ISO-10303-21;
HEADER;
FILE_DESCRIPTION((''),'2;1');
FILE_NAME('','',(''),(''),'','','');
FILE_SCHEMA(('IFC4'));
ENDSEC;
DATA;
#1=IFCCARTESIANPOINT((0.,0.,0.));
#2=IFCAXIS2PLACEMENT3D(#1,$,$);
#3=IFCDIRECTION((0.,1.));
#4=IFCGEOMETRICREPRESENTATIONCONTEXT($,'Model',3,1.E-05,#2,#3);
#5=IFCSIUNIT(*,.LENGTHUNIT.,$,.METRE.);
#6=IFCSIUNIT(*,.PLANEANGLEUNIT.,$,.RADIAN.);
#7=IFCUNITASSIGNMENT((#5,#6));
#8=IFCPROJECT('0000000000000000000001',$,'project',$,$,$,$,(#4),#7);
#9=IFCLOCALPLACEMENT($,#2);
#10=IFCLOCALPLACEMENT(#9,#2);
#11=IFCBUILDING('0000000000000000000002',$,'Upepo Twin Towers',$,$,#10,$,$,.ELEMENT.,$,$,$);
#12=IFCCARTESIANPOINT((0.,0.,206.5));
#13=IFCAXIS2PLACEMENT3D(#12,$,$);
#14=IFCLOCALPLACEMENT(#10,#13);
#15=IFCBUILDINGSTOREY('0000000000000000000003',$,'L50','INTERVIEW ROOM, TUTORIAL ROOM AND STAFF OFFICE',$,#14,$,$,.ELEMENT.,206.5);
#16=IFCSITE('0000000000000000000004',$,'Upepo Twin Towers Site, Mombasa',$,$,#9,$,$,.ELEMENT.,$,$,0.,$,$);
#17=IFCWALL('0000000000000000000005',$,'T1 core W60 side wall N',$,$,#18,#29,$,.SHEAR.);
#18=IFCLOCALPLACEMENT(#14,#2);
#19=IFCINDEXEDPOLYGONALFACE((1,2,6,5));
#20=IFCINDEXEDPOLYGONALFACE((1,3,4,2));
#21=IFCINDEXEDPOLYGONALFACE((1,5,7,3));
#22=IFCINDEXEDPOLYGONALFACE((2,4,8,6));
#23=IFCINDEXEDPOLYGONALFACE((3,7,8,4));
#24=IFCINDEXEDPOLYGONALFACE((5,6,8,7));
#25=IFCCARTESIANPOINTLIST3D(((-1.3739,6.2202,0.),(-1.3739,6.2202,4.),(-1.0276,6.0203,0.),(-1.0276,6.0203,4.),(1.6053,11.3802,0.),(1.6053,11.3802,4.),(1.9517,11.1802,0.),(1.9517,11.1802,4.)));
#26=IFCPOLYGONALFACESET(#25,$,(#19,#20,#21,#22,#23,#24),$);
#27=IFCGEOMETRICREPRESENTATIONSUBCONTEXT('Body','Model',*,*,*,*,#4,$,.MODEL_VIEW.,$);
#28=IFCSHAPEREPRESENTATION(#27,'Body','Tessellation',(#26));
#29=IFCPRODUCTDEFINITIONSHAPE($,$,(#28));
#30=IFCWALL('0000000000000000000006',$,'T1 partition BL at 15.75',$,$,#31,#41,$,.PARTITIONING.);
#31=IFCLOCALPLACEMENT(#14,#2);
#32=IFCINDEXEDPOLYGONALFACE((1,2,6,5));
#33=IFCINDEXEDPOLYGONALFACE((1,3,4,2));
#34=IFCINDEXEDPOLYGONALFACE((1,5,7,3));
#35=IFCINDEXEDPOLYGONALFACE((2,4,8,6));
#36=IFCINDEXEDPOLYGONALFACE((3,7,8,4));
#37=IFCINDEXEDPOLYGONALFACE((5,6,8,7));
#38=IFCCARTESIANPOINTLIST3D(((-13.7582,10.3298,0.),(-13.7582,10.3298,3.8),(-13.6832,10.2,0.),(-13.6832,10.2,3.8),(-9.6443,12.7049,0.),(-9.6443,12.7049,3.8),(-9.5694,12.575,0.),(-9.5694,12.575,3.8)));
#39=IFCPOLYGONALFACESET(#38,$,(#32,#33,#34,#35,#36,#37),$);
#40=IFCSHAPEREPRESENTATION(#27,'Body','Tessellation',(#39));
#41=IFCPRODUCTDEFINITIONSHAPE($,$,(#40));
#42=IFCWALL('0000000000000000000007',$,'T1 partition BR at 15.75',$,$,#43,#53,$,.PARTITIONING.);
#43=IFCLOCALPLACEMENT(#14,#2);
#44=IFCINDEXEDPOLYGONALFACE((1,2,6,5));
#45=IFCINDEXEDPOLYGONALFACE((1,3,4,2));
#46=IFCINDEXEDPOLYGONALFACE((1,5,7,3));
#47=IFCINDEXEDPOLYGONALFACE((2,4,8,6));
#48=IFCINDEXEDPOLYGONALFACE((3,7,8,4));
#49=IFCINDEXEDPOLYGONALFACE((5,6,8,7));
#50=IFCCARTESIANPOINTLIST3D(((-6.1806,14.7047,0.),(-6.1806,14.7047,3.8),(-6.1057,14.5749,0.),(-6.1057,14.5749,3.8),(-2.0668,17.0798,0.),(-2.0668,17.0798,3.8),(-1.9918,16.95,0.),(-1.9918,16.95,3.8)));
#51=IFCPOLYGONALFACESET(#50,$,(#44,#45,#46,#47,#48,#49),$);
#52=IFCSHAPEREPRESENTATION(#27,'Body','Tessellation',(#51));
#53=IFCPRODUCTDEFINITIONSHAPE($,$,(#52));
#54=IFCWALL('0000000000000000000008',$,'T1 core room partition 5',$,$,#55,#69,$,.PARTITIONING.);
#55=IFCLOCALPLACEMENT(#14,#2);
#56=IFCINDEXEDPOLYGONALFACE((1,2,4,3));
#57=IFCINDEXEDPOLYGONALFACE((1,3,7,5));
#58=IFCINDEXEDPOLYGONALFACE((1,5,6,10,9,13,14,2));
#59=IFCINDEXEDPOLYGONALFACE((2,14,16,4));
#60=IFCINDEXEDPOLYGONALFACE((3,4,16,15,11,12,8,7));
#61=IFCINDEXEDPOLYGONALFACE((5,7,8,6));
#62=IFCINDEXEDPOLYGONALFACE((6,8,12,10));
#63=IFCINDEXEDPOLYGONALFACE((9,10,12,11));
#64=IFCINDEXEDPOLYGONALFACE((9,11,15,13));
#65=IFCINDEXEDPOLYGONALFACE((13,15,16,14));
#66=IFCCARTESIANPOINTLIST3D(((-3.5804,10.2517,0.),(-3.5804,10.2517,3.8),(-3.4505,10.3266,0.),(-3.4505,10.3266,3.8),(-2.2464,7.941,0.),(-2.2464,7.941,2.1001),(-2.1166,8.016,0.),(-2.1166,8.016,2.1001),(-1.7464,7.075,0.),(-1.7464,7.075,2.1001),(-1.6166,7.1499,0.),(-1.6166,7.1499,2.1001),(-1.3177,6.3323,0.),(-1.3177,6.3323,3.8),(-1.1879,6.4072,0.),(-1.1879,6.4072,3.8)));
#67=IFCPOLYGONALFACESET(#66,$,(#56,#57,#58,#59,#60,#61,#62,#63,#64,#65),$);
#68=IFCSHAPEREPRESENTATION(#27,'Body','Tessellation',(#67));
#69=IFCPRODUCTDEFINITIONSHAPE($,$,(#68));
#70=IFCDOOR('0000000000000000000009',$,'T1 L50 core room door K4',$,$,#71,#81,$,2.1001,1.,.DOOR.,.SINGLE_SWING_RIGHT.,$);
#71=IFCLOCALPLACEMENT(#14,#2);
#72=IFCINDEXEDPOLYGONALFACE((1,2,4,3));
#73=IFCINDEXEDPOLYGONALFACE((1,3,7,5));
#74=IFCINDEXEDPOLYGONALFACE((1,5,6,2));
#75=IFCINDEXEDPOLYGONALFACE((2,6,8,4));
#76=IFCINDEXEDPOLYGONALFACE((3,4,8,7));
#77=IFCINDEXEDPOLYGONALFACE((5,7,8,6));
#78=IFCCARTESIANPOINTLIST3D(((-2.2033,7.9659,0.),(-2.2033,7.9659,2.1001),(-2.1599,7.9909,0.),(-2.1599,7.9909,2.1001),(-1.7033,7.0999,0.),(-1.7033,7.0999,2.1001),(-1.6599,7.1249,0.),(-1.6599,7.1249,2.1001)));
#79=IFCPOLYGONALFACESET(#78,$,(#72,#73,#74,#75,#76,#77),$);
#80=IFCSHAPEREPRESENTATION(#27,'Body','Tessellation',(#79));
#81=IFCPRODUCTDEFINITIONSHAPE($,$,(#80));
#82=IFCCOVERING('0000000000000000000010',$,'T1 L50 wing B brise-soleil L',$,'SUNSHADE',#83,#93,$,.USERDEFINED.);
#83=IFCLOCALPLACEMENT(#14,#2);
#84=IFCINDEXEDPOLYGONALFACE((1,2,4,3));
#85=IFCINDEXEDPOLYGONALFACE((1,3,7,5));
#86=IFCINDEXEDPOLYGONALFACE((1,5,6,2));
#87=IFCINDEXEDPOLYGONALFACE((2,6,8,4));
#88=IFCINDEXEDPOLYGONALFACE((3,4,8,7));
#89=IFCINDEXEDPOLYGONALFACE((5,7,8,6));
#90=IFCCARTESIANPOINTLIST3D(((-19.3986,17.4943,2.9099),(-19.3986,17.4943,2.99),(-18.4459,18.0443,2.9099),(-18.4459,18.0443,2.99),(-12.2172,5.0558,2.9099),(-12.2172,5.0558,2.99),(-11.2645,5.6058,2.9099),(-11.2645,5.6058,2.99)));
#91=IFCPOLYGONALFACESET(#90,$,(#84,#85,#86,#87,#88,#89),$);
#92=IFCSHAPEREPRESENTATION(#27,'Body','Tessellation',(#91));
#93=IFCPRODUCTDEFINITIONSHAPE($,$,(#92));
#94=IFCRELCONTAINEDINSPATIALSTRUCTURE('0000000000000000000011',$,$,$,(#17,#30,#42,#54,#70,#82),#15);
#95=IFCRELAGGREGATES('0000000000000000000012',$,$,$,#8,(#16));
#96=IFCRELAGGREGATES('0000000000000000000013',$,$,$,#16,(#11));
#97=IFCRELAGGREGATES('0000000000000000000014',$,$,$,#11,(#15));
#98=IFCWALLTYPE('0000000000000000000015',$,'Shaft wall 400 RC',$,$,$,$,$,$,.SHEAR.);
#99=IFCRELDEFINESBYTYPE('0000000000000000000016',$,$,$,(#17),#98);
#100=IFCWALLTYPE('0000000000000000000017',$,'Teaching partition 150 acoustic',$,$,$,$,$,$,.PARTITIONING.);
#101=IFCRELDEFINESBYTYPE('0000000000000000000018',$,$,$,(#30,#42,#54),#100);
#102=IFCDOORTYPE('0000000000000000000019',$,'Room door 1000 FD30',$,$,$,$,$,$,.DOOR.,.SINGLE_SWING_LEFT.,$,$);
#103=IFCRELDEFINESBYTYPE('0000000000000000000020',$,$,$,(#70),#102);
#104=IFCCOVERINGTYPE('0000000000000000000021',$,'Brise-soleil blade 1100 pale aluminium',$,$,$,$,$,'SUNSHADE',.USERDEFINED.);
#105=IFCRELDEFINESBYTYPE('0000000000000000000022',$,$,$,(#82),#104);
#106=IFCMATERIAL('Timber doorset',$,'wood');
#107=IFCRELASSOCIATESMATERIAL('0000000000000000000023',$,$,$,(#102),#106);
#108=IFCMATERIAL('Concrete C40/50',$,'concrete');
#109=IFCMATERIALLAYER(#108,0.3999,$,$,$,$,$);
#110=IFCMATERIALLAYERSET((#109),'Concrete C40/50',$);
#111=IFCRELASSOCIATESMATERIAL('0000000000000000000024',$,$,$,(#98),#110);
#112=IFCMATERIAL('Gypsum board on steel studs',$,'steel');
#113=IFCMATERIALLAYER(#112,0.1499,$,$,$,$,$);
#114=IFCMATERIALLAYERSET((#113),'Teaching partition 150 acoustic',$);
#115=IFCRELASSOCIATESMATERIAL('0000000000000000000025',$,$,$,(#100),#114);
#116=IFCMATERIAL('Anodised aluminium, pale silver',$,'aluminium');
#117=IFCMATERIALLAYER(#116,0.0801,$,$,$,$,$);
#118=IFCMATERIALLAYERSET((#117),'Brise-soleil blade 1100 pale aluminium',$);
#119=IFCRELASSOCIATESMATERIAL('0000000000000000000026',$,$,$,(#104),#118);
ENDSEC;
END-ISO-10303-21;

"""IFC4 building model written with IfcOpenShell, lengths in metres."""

from ifc_helpers import new_model, si_unit, direction, frame, frame_2d, origin, origin_2d, place, context, subcontext, project, spatial, rectangle, extrude, material, layer, layer_set, type_object, element, fill, save


model = new_model("IFC4")

# Units and contexts
model_context = context("Model", 3, precision=1e-05, world=origin(), true_north=direction((0.0, 1.0)))
body_context = subcontext(model_context, "Body", "Model", "MODEL_VIEW")
ifc_project = project(units=[si_unit("LENGTHUNIT", "METRE"), si_unit("PLANEANGLEUNIT", "RADIAN")], contexts=[model_context])

# Site, building, storey
site_placement = place(None, origin())
site = spatial("IfcSite", under=ifc_project, at=site_placement, Name="Upepo Twin Towers Site, Mombasa", CompositionType="ELEMENT", RefElevation=0.0)
building_placement = place(site_placement, origin())
building = spatial("IfcBuilding", under=site, at=building_placement, Name="Upepo Twin Towers", CompositionType="ELEMENT")
storey_placement = place(building_placement, frame((0.0, 0.0, 206.5)))
storey = spatial("IfcBuildingStorey", under=building, at=storey_placement, Name="L50", Description="INTERVIEW ROOM, TUTORIAL ROOM AND STAFF OFFICE", CompositionType="ELEMENT", Elevation=206.5)

# Shared definitions
ifc_material_1 = material(Name="Timber doorset", Category="wood")
door_type_1 = type_object("IfcDoorType", Name="Room door 1000 FD30", OperationType="SINGLE_SWING_LEFT", PredefinedType="DOOR", material=ifc_material_1)

# Walls
ifc_material_2 = material(Name="Concrete C40/50", Category="concrete")
ifc_layer_1 = layer(ifc_material_2, 0.3999)
ifc_layer_set_1 = layer_set([ifc_layer_1], Name="Concrete C40/50")
wall_type_1 = type_object("IfcWallType", Name="Shaft wall 400 RC", PredefinedType="SHEAR", material=ifc_layer_set_1)
wall_1_placement = place(storey_placement, frame((-1.2007, 6.1204, 0.0), z_axis=(0.0, 0.0, 1.0), x_axis=(0.500022, 0.866013, 0.0)))
element("IfcWall", 1, at=wall_1_placement, inside=storey, type_object=wall_type_1, Name="T1 core W60 side wall N", PredefinedType="SHEAR", context=body_context, shape_type="SweptSolid", body=[
    extrude(rectangle(XDim=5.9583, YDim=0.3999, at=frame_2d((2.979, 0.0))), origin(), (0.0, 0.0, 1.0), 4.0),
])
ifc_material_3 = material(Name="Gypsum board on steel studs", Category="steel")
ifc_layer_2 = layer(ifc_material_3, 0.1499)
ifc_layer_set_2 = layer_set([ifc_layer_2], Name="Teaching partition 150 acoustic")
wall_type_2 = type_object("IfcWallType", Name="Teaching partition 150 acoustic", PredefinedType="PARTITIONING", material=ifc_layer_set_2)
for number, where, z_axis, x_axis, name in (
    (2, (-9.6069, 12.6399, 0.0), (0.0, 0.0, 1.0), (-0.866033, -0.499986, 0.0), "T1 partition BL at 15.75"),
    (3, (-6.1431, 14.6399, 0.0), (0.0, 0.0, 1.0), (0.866033, 0.499986, 0.0), "T1 partition BR at 15.75"),
):
    element("IfcWall", number, at=place(storey_placement, frame(where, z_axis=z_axis, x_axis=x_axis)), inside=storey, type_object=wall_type_2, Name=name, PredefinedType="PARTITIONING", context=body_context, shape_type="SweptSolid", body=[
        extrude(rectangle(XDim=4.7502, YDim=0.1499, at=frame_2d((2.375, 0.0))), origin(), (0.0, 0.0, 1.0), 3.8),
    ])

# Wall, opening, door
wall_2_placement = place(storey_placement, frame((-3.5154, 10.2891, 0.0), z_axis=(0.0, 0.0, 1.0), x_axis=(0.499968, -0.866044, 0.0)))
wall_2 = element("IfcWall", 4, at=wall_2_placement, inside=storey, type_object=wall_type_2, Name="T1 core room partition 5", PredefinedType="PARTITIONING", context=body_context, shape_type="SweptSolid", body=[
    extrude(rectangle(XDim=4.5256, YDim=0.1499, at=frame_2d((2.2627, 0.0))), origin(), (0.0, 0.0, 1.0), 3.8),
])
opening_1_placement = place(wall_2_placement, frame((2.668, 0.0, 0.0)))
opening_1 = element("IfcOpeningElement", 5, at=opening_1_placement, cuts=wall_2, PredefinedType="OPENING", context=body_context, shape_type="SweptSolid", body=[
    extrude(rectangle(XDim=1.0, YDim=2.1001, at=frame_2d((0.5, 1.05))), frame((0.0, 0.085, 0.0), z_axis=(0.0, -1.0, 0.0), x_axis=(1.0, 0.0, 0.0)), (0.0, 0.0, 1.0), 0.1699),
])
door_1_placement = place(opening_1_placement, origin())
door_1 = element("IfcDoor", 6, at=door_1_placement, inside=storey, type_object=door_type_1, Name="T1 L50 core room door K4", OperationType="SINGLE_SWING_RIGHT", OverallHeight=2.1001, OverallWidth=1.0, PredefinedType="DOOR", context=body_context, shape_type="SweptSolid", body=[
    extrude(rectangle(XDim=1.0, YDim=2.1001, at=frame_2d((0.5, 1.05))), frame((0.0, 0.0249, 0.0), z_axis=(0.0, -1.0, 0.0), x_axis=(1.0, 0.0, 0.0)), (0.0, 0.0, 1.0), 0.05),
])
fill(opening_1, door_1)

# Covering
ifc_material_4 = material(Name="Anodised aluminium, pale silver", Category="aluminium")
ifc_layer_3 = layer(ifc_material_4, 0.0801)
ifc_layer_set_3 = layer_set([ifc_layer_3], Name="Brise-soleil blade 1100 pale aluminium")
covering_type = type_object("IfcCoveringType", Name="Brise-soleil blade 1100 pale aluminium", ElementType="SUNSHADE", PredefinedType="USERDEFINED", material=ifc_layer_set_3)
covering_placement = place(storey_placement, frame((-15.3315, 11.55, 2.9099), z_axis=(0.0, 0.0, 1.0), x_axis=(-0.5, 0.866025, 0.0)))
element("IfcCovering", 7, at=covering_placement, inside=storey, type_object=covering_type, Name="T1 L50 wing B brise-soleil L", ObjectType="SUNSHADE", PredefinedType="USERDEFINED", context=body_context, shape_type="SweptSolid", body=[
    extrude(rectangle(XDim=14.3628, YDim=1.1001, at=origin_2d()), origin(), (0.0, 0.0, 1.0), 0.0801),
])

save(model, "model.ifc")
